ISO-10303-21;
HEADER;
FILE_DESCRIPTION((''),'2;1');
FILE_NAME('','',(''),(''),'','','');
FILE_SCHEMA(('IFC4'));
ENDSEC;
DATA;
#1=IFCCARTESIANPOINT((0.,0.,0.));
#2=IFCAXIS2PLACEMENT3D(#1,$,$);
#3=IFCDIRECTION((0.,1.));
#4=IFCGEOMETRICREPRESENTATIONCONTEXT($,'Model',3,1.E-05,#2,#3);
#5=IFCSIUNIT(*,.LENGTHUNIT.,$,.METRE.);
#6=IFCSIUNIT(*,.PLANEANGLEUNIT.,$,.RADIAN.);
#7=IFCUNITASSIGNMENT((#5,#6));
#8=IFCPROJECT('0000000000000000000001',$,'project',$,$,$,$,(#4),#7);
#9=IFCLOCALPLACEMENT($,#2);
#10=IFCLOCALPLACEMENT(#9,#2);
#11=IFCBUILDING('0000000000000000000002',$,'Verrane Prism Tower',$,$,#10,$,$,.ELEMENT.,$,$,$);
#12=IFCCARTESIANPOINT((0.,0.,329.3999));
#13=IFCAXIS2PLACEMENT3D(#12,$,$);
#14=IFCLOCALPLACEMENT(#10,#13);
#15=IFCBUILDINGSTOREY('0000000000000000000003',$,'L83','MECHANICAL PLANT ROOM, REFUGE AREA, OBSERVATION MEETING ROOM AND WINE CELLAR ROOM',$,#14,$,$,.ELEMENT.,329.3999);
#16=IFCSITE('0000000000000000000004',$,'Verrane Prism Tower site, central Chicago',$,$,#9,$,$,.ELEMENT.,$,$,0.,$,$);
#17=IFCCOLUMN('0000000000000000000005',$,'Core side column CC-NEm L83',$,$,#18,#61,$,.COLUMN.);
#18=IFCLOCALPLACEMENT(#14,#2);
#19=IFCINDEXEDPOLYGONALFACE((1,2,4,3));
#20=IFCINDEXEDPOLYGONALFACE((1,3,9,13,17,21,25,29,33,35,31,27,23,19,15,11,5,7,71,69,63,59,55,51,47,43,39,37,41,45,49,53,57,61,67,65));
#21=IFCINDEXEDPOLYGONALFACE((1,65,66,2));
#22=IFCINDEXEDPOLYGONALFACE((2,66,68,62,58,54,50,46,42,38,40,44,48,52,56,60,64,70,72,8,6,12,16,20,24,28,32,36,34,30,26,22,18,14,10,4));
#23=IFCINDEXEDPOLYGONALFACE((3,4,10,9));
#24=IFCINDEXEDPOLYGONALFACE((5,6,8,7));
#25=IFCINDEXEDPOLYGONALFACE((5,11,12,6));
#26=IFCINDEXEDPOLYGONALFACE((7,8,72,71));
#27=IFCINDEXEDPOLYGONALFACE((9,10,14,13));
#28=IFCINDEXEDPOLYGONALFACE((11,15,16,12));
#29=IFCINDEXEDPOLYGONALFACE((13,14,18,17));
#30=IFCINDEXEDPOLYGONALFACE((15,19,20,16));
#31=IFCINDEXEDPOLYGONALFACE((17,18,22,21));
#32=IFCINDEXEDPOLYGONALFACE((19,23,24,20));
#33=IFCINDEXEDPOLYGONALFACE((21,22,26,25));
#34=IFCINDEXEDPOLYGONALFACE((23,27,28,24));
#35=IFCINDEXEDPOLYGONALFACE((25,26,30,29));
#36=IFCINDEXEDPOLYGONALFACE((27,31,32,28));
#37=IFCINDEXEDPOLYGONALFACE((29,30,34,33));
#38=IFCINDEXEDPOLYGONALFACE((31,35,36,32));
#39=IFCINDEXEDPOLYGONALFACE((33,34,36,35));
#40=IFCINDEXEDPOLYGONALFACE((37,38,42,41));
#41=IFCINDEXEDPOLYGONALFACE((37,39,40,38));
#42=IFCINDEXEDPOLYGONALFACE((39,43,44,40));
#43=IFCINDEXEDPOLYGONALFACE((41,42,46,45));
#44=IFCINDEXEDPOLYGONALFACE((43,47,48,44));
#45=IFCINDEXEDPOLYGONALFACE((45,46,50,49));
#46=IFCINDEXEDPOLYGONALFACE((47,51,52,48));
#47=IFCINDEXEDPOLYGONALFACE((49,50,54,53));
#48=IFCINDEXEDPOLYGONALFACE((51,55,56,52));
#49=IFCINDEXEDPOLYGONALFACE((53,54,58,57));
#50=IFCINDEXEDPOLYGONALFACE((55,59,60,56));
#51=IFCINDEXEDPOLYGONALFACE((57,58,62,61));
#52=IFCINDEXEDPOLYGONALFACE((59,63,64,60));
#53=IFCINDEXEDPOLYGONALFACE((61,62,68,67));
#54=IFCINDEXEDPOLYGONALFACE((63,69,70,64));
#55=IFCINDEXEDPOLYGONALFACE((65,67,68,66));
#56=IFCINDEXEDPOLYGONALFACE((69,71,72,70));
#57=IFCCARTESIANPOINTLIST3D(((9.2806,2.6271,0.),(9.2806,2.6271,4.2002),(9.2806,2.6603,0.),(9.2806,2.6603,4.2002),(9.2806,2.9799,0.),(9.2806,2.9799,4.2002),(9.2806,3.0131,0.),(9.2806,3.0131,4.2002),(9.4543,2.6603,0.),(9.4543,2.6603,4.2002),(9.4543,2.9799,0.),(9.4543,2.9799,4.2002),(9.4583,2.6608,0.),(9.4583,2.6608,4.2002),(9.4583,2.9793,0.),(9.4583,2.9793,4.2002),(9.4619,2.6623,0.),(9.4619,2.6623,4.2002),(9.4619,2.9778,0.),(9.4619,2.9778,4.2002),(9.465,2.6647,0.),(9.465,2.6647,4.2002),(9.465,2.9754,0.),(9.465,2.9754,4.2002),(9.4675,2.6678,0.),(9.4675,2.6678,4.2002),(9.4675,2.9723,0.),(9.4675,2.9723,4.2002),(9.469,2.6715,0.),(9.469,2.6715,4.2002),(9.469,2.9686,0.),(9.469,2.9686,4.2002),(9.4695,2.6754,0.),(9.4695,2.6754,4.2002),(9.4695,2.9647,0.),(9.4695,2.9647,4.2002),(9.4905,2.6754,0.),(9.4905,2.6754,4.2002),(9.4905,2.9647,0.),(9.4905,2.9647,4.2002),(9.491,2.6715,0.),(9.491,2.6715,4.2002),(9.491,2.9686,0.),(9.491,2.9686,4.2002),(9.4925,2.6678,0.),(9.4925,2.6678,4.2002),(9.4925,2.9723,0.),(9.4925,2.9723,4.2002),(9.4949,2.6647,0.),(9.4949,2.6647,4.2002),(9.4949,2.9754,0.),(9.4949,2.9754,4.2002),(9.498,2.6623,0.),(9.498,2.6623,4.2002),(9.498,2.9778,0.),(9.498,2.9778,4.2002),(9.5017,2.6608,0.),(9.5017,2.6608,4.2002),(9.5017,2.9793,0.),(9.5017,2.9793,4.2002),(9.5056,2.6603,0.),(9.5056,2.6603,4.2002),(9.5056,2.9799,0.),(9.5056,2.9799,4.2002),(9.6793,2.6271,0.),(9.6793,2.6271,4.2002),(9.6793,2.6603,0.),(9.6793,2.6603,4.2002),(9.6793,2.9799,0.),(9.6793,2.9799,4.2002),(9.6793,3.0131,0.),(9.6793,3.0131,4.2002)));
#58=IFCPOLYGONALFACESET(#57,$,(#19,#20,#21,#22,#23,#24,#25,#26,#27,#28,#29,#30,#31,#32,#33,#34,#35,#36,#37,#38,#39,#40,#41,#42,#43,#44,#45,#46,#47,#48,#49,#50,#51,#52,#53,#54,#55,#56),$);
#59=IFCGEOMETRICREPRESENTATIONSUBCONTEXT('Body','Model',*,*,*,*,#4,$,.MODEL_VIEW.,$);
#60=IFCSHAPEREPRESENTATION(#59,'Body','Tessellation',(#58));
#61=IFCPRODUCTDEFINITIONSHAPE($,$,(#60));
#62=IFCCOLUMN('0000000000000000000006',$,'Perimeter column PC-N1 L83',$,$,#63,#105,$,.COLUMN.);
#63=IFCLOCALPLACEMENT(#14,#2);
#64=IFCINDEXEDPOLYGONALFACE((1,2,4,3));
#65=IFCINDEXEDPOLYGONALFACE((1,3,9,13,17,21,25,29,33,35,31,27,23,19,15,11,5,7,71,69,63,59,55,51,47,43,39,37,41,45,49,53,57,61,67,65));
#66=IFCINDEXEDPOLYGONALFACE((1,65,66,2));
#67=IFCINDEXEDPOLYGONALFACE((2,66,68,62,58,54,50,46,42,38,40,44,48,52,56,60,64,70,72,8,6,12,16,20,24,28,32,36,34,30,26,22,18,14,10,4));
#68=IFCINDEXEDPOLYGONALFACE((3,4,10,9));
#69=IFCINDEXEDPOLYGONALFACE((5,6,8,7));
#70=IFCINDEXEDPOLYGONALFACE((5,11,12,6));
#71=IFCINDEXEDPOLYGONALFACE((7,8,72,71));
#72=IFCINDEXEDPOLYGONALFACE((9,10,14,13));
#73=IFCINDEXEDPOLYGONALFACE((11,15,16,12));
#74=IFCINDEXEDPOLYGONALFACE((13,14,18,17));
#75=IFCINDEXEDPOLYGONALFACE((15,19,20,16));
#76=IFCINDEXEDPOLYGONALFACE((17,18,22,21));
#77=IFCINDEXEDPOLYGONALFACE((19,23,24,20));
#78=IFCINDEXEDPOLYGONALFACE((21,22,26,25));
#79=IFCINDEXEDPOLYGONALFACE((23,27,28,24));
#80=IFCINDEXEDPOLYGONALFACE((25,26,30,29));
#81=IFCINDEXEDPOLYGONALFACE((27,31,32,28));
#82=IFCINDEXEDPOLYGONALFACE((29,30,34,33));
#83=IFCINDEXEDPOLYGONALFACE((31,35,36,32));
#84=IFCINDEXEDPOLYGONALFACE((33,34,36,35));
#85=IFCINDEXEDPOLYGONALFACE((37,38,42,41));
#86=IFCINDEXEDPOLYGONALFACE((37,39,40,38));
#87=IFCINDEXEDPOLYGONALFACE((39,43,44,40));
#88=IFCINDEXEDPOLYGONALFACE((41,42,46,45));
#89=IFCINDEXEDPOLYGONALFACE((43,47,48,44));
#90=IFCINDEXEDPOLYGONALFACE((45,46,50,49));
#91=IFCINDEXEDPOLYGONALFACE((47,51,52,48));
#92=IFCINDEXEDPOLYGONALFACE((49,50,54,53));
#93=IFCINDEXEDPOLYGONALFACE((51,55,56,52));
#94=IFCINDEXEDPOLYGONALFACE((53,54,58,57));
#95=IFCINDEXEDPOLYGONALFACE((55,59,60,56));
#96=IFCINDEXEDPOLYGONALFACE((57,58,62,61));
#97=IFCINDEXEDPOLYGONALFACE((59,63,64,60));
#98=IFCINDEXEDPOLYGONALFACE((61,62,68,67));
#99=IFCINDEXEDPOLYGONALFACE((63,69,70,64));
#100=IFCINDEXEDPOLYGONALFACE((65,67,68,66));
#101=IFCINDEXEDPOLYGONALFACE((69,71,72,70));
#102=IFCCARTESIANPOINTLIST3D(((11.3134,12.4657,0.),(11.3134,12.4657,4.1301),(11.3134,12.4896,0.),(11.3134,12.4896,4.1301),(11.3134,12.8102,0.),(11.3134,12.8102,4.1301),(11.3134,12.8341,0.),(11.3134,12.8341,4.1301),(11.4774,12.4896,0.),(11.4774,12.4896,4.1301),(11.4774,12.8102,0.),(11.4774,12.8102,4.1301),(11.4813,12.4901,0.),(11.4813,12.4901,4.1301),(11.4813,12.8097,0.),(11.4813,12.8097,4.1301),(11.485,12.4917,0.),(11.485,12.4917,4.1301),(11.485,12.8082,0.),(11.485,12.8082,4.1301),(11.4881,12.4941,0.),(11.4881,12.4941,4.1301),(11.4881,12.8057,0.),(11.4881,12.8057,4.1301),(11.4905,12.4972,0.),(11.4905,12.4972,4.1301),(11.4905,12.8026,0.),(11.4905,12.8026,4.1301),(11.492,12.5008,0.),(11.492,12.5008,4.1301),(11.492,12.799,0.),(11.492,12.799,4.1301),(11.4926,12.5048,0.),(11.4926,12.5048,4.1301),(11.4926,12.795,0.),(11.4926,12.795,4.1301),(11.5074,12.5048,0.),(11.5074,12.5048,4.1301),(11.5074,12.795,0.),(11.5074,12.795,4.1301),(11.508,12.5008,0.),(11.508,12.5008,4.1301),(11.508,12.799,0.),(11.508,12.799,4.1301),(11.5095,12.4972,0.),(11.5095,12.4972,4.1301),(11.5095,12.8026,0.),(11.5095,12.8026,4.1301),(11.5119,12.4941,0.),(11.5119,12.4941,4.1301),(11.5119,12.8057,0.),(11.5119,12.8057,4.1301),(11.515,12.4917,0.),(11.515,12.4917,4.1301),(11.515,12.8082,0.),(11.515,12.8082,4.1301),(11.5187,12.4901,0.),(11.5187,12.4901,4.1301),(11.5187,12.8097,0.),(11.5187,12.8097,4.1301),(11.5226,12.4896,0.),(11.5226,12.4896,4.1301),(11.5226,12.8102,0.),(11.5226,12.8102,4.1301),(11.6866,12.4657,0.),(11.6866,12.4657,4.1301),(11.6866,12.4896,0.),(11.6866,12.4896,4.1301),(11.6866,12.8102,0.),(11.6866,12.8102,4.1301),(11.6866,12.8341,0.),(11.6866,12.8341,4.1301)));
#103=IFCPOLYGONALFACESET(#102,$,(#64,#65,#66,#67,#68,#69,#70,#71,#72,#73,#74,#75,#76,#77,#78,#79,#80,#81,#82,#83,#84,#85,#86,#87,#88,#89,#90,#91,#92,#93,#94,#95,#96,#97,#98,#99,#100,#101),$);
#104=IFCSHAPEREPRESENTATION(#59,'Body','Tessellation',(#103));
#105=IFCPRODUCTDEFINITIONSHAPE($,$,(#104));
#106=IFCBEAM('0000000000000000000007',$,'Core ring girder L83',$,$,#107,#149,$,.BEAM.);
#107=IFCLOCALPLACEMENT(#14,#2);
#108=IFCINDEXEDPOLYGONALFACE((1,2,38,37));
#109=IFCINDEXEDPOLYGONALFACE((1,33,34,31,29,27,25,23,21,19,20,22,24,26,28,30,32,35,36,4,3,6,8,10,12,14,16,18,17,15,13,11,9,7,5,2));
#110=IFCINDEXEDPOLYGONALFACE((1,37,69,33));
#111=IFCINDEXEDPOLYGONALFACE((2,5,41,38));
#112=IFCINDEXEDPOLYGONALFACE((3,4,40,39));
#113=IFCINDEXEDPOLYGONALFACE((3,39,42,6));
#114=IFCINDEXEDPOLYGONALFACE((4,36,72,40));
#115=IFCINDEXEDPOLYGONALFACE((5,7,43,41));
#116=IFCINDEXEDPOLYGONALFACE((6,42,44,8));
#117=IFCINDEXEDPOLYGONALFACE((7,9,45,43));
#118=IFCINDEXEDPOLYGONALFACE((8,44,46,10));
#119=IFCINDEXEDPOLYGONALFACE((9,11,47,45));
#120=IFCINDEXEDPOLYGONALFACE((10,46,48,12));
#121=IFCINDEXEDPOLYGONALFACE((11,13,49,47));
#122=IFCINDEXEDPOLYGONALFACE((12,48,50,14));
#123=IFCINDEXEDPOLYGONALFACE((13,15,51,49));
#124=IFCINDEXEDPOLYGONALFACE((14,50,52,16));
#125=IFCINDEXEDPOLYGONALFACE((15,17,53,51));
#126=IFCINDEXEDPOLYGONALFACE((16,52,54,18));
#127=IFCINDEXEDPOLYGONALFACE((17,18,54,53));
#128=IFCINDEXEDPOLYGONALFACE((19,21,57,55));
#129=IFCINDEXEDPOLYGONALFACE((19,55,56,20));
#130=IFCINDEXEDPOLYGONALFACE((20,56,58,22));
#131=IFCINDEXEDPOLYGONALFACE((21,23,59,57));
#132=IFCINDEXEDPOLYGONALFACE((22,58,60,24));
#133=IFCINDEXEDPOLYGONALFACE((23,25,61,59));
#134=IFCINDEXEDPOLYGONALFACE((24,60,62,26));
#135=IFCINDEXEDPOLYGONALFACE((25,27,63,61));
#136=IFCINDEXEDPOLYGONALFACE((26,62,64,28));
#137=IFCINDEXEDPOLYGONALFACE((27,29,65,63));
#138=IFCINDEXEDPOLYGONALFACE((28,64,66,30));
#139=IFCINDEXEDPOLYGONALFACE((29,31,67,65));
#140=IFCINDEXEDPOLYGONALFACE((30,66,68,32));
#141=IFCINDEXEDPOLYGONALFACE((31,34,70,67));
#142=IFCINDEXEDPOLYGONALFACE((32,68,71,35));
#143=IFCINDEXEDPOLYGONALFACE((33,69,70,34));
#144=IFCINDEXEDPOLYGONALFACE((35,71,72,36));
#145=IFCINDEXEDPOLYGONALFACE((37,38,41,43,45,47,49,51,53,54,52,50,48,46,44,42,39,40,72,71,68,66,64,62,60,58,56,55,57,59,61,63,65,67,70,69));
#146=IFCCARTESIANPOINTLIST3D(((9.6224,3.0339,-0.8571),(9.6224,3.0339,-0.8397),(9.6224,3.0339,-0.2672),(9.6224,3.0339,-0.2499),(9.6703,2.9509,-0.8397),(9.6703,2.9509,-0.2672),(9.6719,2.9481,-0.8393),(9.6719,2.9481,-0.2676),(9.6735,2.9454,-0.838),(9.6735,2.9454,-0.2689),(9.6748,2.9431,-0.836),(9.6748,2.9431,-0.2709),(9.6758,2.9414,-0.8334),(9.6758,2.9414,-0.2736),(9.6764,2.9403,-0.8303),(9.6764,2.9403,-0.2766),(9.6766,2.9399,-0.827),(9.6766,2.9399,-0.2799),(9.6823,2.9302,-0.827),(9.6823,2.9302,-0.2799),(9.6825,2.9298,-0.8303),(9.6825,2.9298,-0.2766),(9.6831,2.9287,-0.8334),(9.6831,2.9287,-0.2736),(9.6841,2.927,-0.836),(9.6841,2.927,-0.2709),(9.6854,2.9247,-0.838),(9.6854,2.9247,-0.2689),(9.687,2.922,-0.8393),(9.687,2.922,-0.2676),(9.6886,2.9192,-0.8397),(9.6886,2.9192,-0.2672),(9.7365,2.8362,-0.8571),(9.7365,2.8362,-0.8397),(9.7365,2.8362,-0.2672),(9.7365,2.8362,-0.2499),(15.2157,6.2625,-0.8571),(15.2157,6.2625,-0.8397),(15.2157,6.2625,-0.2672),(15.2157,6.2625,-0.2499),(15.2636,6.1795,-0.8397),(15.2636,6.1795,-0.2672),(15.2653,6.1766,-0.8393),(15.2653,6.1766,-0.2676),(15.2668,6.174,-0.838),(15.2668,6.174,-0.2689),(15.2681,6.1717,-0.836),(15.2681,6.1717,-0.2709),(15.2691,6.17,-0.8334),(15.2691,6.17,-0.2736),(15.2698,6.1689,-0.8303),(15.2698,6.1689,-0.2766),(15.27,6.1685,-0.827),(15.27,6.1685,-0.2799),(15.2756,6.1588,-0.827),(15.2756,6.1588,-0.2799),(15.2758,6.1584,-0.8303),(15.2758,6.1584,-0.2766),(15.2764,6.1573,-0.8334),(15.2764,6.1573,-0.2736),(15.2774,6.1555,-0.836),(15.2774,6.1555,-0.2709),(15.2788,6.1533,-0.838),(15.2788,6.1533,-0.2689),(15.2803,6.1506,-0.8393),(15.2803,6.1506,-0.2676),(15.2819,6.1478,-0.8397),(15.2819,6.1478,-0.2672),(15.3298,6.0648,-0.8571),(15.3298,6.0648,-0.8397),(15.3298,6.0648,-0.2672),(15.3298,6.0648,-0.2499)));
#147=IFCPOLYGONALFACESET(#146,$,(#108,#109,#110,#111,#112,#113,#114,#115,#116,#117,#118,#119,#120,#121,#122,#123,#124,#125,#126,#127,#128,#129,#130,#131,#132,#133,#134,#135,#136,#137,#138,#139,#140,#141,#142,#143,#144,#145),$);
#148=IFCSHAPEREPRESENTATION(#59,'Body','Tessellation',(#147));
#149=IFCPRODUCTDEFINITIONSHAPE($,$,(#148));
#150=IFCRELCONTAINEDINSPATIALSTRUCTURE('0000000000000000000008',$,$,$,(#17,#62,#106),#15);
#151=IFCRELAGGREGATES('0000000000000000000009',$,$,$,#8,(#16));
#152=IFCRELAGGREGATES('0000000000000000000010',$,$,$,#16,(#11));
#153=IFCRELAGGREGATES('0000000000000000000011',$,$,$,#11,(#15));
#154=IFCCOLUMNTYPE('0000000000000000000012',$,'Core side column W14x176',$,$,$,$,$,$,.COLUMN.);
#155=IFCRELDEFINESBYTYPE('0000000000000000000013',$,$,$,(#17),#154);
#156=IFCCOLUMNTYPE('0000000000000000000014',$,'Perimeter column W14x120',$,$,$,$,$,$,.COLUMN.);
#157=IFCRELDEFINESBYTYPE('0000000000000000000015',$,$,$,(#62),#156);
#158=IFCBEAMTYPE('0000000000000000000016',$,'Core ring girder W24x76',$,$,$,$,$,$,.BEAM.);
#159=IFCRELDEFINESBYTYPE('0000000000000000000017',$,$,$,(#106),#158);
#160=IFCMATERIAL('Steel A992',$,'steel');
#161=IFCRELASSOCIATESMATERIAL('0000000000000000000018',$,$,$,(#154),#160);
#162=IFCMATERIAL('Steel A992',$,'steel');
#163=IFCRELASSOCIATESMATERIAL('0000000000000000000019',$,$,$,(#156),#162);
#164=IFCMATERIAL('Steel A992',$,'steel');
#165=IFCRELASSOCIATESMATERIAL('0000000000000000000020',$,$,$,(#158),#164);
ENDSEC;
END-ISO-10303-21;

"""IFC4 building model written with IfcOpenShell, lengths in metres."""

from ifc_helpers import new_model, si_unit, direction, frame, origin, origin_2d, place, context, subcontext, project, spatial, i_section, extrude, material, material_profile, profile_set, type_object, element, save


model = new_model("IFC4")

# Units and contexts
model_context = context("Model", 3, precision=1e-05, world=origin(), true_north=direction((0.0, 1.0)))
body_context = subcontext(model_context, "Body", "Model", "MODEL_VIEW")
ifc_project = project(units=[si_unit("LENGTHUNIT", "METRE"), si_unit("PLANEANGLEUNIT", "RADIAN")], contexts=[model_context])

# Site, building, storey
site_placement = place(None, origin())
site = spatial("IfcSite", under=ifc_project, at=site_placement, Name="Verrane Prism Tower site, central Chicago", CompositionType="ELEMENT", RefElevation=0.0)
building_placement = place(site_placement, origin())
building = spatial("IfcBuilding", under=site, at=building_placement, Name="Verrane Prism Tower", CompositionType="ELEMENT")
storey_placement = place(building_placement, frame((0.0, 0.0, 329.3999)))
storey = spatial("IfcBuildingStorey", under=building, at=storey_placement, Name="L83", Description="MECHANICAL PLANT ROOM, REFUGE AREA, OBSERVATION MEETING ROOM AND WINE CELLAR ROOM", CompositionType="ELEMENT", Elevation=329.3999)

# Columns
ifc_material_1 = material(Name="Steel A992", Category="steel")
ifc_material_profile_1 = material_profile(ifc_material_1, i_section(OverallWidth=0.3987, OverallDepth=0.386, WebThickness=0.021, FlangeThickness=0.0332, FilletRadius=0.0151, at=origin_2d()), Name="W14x176")
ifc_profile_set_1 = profile_set([ifc_material_profile_1], Name="Steel A992")
column_type_1 = type_object("IfcColumnType", Name="Core side column W14x176", PredefinedType="COLUMN", material=ifc_profile_set_1)
column_1_placement = place(storey_placement, frame((9.48, 2.8201, 0.0), z_axis=(0.0, 0.0, 1.0), x_axis=(1.0, 0.0, 0.0)))
element("IfcColumn", 1, at=column_1_placement, inside=storey, type_object=column_type_1, Name="Core side column CC-NEm L83", PredefinedType="COLUMN", context=body_context, shape_type="SweptSolid", body=[
    extrude(i_section(OverallWidth=0.3987, OverallDepth=0.386, WebThickness=0.021, FlangeThickness=0.0332, FilletRadius=0.0151, at=origin_2d()), origin(), (0.0, 0.0, 1.0), 4.2002),
])
ifc_material_2 = material(Name="Steel A992", Category="steel")
ifc_material_profile_2 = material_profile(ifc_material_2, i_section(OverallWidth=0.3733, OverallDepth=0.3684, WebThickness=0.0149, FlangeThickness=0.0239, FilletRadius=0.0151, at=origin_2d()), Name="W14x120")
ifc_profile_set_2 = profile_set([ifc_material_profile_2], Name="Steel A992")
column_type_2 = type_object("IfcColumnType", Name="Perimeter column W14x120", PredefinedType="COLUMN", material=ifc_profile_set_2)
column_2_placement = place(storey_placement, frame((11.5, 12.6499, 0.0), z_axis=(0.0, 0.0, 1.0), x_axis=(1.0, 0.0, 0.0)))
element("IfcColumn", 2, at=column_2_placement, inside=storey, type_object=column_type_2, Name="Perimeter column PC-N1 L83", PredefinedType="COLUMN", context=body_context, shape_type="SweptSolid", body=[
    extrude(i_section(OverallWidth=0.3733, OverallDepth=0.3684, WebThickness=0.0149, FlangeThickness=0.0239, FilletRadius=0.0151, at=origin_2d()), origin(), (0.0, 0.0, 1.0), 4.1301),
])

# Beam
ifc_material_3 = material(Name="Steel A992", Category="steel")
ifc_material_profile_3 = material_profile(ifc_material_3, i_section(OverallWidth=0.2283, OverallDepth=0.6072, WebThickness=0.0112, FlangeThickness=0.0173, FilletRadius=0.0127, at=origin_2d()), Name="W24x76")
ifc_profile_set_3 = profile_set([ifc_material_profile_3], Name="Steel A992")
beam_type_1 = type_object("IfcBeamType", Name="Core ring girder W24x76", PredefinedType="BEAM", material=ifc_profile_set_3)
beam_1_placement = place(storey_placement, frame((9.6794, 2.9351, -0.5535), z_axis=(0.866076, 0.499912, 0.0), x_axis=(-0.499912, 0.866076, 0.0)))
element("IfcBeam", 3, at=beam_1_placement, inside=storey, type_object=beam_type_1, Name="Core ring girder L83", PredefinedType="BEAM", context=body_context, shape_type="SweptSolid", body=[
    extrude(i_section(OverallWidth=0.2283, OverallDepth=0.6072, WebThickness=0.0112, FlangeThickness=0.0173, FilletRadius=0.0127, at=origin_2d()), origin(), (0.0, 0.0, 1.0), 6.4583),
])

save(model, "model.ifc")
